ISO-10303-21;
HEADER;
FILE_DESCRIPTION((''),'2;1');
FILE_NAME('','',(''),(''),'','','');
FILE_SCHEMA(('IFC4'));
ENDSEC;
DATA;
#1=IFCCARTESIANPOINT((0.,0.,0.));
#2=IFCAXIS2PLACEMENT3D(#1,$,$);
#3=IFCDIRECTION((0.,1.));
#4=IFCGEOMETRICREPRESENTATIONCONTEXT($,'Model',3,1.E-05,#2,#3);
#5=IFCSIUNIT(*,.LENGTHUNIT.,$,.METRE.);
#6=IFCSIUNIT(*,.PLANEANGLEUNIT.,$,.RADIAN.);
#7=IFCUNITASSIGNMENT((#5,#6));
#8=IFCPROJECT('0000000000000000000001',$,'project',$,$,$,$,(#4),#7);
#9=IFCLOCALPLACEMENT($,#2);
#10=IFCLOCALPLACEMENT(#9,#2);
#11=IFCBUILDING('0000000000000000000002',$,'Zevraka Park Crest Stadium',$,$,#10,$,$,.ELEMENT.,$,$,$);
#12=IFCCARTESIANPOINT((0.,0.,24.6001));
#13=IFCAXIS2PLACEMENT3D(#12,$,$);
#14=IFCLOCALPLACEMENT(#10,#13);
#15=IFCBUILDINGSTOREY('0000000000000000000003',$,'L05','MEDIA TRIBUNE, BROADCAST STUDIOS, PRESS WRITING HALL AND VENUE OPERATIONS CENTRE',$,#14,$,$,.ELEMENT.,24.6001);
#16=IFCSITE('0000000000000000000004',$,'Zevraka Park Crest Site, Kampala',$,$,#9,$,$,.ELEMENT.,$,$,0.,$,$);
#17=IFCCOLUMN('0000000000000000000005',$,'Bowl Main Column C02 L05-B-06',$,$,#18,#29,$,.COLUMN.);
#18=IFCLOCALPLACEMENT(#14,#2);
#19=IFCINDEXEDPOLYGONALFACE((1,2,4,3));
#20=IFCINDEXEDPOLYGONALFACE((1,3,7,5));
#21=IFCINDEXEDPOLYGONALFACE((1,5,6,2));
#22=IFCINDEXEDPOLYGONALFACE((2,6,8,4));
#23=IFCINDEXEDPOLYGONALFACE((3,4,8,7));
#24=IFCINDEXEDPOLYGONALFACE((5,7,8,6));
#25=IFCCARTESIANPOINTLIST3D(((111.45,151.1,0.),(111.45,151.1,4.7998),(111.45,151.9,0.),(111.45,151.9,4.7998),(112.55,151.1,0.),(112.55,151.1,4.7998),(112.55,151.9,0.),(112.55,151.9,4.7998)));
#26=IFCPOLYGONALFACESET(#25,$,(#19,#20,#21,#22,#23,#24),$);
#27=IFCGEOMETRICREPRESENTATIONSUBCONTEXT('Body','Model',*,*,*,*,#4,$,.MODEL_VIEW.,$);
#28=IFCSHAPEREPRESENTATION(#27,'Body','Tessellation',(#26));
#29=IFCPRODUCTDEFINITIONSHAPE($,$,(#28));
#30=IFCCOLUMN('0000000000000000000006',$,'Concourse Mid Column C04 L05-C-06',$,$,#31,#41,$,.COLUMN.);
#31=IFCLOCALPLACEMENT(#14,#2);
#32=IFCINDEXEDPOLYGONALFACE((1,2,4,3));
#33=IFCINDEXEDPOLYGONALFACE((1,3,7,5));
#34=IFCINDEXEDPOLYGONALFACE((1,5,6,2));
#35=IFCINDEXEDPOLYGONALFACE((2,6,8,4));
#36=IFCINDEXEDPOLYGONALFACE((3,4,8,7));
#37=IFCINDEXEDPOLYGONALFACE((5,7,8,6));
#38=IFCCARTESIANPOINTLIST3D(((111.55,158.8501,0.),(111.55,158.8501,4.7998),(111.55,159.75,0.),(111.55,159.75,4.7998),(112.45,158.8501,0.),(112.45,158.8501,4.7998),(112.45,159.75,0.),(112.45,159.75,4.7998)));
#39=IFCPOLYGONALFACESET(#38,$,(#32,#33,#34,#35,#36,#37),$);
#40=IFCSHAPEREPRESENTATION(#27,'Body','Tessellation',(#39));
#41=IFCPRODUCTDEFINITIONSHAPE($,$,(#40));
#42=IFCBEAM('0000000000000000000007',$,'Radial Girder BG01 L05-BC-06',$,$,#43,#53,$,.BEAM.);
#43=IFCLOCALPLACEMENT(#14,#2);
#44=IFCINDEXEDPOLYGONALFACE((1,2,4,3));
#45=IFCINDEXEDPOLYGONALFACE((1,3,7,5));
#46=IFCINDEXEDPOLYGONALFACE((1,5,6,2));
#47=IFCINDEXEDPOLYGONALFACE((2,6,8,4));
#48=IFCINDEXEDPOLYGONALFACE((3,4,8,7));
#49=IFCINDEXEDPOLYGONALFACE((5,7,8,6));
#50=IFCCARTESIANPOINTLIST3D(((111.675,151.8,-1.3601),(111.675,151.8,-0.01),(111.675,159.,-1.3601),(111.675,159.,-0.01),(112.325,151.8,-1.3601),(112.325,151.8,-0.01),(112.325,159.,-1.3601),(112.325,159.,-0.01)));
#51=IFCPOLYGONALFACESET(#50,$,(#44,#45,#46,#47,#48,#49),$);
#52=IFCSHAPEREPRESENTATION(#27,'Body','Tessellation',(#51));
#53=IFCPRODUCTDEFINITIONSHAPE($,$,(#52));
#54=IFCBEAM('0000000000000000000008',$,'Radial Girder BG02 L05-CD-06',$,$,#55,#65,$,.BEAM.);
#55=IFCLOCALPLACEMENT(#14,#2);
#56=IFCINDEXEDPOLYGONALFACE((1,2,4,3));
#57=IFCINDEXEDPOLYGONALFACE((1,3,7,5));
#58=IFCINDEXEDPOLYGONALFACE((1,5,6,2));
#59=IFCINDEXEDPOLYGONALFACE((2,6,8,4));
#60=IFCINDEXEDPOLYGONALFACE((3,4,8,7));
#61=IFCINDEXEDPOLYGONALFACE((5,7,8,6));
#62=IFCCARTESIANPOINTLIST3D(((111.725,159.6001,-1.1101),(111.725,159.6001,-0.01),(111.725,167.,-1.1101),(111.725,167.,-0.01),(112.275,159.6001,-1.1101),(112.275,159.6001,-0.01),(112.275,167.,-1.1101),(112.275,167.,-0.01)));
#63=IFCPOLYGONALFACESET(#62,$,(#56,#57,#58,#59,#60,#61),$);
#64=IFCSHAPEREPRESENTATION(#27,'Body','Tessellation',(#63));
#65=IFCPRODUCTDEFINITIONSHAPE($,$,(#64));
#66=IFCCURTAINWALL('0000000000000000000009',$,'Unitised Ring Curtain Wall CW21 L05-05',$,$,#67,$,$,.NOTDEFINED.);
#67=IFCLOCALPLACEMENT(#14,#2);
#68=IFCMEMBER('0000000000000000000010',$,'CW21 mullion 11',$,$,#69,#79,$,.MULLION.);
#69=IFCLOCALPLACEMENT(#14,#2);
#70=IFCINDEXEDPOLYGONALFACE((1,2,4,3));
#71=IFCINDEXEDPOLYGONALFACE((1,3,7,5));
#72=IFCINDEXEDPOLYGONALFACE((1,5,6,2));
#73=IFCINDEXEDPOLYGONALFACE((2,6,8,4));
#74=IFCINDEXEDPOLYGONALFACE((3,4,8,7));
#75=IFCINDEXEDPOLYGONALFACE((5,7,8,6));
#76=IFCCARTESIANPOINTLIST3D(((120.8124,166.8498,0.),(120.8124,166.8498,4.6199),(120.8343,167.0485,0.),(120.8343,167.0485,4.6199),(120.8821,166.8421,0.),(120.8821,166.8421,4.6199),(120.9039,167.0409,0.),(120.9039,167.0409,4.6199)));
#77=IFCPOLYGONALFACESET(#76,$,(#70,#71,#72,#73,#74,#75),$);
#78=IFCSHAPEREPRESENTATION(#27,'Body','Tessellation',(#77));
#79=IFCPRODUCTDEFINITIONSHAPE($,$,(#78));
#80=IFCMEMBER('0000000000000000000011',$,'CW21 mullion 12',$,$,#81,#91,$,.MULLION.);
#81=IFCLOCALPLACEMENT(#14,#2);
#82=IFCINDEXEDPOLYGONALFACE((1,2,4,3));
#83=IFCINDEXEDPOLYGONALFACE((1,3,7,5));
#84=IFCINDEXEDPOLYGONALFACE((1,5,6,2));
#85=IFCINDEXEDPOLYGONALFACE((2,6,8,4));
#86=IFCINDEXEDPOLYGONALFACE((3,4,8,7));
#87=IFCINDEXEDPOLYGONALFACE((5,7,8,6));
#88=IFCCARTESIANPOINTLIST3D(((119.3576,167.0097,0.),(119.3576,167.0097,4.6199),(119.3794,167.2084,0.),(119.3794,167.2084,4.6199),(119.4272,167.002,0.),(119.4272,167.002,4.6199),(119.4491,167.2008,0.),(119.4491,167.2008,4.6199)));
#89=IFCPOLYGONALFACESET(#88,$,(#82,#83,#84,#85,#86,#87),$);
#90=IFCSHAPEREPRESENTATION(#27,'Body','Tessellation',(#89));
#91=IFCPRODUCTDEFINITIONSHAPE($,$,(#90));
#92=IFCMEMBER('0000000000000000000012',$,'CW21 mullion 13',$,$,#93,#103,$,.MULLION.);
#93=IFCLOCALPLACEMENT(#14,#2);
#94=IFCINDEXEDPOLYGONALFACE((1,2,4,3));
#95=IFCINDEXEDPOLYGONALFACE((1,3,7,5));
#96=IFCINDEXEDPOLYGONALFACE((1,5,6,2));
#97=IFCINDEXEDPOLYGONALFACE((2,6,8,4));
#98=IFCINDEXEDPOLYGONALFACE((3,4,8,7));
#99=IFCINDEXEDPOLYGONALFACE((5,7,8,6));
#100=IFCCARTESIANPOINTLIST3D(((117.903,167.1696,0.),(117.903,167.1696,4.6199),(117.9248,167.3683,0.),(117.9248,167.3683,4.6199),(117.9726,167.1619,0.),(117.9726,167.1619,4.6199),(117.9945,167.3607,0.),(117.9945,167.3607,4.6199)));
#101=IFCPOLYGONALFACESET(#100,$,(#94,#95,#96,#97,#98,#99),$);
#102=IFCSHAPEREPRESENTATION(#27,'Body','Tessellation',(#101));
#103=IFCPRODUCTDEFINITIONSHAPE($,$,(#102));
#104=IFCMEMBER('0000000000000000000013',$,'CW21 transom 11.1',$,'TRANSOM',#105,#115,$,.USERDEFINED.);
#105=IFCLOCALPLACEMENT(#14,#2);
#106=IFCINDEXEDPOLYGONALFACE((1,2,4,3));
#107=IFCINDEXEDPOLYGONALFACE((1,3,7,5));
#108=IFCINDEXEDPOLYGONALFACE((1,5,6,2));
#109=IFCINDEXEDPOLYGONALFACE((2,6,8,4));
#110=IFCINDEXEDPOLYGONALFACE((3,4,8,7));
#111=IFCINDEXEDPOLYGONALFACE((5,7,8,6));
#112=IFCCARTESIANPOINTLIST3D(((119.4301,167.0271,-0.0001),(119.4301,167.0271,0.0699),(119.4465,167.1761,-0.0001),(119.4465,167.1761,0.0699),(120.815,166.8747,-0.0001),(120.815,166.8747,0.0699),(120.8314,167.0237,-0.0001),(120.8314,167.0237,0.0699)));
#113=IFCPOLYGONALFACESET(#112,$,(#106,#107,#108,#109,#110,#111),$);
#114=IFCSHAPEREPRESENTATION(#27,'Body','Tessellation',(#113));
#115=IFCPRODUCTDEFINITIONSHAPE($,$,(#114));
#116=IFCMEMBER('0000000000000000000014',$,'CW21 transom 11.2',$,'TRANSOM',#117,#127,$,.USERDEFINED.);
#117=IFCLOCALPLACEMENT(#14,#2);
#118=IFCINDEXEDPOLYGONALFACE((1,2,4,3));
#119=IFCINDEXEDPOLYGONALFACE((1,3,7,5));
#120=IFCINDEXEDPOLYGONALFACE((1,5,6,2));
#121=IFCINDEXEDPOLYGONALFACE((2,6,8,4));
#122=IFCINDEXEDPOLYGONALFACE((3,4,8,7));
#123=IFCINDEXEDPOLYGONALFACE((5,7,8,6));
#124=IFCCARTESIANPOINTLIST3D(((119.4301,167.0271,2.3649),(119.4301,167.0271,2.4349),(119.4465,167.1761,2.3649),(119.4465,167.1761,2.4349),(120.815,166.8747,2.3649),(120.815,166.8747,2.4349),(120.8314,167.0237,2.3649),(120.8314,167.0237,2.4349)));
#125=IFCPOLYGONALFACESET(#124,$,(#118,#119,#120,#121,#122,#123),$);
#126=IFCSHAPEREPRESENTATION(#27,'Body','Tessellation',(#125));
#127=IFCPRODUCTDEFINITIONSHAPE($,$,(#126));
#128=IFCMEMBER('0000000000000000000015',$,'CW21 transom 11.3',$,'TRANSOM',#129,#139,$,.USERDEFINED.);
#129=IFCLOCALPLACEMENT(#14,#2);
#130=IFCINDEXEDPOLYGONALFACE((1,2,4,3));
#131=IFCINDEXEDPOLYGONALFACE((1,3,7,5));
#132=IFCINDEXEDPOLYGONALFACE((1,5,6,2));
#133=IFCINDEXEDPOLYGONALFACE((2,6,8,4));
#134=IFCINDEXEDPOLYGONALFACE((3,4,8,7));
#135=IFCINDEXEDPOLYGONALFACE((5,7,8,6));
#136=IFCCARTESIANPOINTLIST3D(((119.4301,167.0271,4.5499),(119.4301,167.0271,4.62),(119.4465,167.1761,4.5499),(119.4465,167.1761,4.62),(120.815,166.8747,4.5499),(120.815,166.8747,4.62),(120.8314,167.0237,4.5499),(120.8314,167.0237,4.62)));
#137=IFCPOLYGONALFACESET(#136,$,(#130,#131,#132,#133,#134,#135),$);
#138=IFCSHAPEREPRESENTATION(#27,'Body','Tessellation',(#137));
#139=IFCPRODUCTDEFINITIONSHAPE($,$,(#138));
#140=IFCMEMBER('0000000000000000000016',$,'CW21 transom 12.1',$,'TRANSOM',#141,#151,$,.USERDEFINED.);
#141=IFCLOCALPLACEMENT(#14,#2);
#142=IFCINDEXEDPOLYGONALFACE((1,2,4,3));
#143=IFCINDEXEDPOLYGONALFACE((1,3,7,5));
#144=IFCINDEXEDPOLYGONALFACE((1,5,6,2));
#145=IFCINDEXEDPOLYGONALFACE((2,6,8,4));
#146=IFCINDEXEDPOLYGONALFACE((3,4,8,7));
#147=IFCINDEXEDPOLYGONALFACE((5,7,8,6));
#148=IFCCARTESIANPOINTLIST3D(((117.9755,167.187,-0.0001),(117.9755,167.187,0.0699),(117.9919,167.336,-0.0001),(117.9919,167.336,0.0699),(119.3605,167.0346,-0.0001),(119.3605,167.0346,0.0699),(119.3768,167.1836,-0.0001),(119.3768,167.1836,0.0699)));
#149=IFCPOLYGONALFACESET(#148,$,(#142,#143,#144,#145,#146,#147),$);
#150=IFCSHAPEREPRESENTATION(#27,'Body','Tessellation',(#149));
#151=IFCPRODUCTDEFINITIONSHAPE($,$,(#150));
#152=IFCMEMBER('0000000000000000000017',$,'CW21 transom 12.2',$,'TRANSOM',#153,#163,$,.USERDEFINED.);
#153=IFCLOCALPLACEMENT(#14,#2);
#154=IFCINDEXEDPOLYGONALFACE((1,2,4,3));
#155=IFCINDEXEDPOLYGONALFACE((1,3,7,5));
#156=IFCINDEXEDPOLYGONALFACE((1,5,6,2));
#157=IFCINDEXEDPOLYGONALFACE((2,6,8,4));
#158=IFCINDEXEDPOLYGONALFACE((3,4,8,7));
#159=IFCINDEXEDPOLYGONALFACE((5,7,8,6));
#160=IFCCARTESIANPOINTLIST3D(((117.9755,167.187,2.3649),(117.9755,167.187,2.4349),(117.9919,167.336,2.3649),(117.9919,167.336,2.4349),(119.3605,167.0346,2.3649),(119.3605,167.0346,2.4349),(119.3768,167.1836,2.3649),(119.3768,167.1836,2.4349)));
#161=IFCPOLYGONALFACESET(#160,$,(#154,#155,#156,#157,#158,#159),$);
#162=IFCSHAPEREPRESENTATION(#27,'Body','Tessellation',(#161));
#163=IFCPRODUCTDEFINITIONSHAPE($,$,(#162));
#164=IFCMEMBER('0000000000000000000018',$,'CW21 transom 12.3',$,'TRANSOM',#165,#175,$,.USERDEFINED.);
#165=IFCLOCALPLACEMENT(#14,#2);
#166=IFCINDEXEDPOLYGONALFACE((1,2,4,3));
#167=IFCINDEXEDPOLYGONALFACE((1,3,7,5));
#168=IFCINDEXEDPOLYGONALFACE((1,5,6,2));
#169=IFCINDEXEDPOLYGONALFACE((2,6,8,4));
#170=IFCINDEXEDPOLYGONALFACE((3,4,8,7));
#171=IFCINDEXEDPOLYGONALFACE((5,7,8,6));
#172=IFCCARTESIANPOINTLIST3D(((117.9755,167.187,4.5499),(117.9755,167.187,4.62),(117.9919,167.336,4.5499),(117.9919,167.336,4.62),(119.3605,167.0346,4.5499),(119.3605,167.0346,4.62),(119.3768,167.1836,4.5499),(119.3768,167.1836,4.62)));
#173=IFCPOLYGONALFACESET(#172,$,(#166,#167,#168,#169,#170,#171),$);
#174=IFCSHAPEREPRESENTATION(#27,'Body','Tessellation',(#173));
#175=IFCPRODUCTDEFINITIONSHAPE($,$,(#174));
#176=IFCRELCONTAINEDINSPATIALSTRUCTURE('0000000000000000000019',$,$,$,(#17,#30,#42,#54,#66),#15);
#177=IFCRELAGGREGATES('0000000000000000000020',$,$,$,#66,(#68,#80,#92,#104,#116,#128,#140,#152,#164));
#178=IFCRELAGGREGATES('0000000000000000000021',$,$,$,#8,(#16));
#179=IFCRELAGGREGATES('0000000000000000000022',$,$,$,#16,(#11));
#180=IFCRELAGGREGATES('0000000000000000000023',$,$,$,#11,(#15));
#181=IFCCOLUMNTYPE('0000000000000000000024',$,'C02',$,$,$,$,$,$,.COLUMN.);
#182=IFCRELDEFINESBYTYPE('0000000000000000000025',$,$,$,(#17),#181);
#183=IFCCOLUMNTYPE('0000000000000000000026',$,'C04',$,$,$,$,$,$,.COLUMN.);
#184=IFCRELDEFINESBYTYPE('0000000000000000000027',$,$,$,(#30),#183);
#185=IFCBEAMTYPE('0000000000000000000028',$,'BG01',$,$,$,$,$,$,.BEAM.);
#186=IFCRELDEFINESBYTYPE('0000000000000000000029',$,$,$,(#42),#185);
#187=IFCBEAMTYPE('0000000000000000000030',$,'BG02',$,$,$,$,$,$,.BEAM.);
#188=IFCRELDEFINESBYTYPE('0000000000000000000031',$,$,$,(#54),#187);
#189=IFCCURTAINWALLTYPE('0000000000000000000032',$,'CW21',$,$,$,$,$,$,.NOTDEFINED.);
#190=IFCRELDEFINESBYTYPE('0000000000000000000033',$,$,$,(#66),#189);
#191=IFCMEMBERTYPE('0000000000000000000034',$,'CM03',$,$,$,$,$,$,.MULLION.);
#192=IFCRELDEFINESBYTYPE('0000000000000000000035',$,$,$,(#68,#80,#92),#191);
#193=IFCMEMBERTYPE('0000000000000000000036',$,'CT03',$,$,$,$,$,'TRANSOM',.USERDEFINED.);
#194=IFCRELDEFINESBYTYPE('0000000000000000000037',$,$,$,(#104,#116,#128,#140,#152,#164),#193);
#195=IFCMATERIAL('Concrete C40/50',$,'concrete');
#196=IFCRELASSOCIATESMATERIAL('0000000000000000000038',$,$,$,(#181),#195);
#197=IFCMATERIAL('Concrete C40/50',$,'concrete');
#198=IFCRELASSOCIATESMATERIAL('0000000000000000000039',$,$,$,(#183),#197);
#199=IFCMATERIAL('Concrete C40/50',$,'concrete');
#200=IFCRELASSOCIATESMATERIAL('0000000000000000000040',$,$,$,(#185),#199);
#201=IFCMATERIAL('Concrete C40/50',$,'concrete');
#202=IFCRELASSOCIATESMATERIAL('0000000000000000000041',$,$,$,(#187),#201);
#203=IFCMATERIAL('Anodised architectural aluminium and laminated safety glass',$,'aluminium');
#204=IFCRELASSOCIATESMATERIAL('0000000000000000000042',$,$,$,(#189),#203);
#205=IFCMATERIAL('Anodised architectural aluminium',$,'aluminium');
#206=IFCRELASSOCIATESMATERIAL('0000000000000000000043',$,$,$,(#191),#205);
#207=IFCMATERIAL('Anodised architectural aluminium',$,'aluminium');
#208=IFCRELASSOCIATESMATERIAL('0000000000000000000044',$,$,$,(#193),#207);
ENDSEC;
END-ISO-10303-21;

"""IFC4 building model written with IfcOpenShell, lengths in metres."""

from ifc_helpers import new_model, si_unit, direction, frame, origin, origin_2d, place, context, subcontext, project, spatial, rectangle, extrude, material, material_profile, profile_set, type_object, element, aggregate, save


model = new_model("IFC4")

# Units and contexts
model_context = context("Model", 3, precision=1e-05, world=origin(), true_north=direction((0.0, 1.0)))
body_context = subcontext(model_context, "Body", "Model", "MODEL_VIEW")
ifc_project = project(units=[si_unit("LENGTHUNIT", "METRE"), si_unit("PLANEANGLEUNIT", "RADIAN")], contexts=[model_context])

# Site, building, storey
site_placement = place(None, origin())
site = spatial("IfcSite", under=ifc_project, at=site_placement, Name="Zevraka Park Crest Site, Kampala", CompositionType="ELEMENT", RefElevation=0.0)
building_placement = place(site_placement, origin())
building = spatial("IfcBuilding", under=site, at=building_placement, Name="Zevraka Park Crest Stadium", CompositionType="ELEMENT")
storey_placement = place(building_placement, frame((0.0, 0.0, 24.6001)))
storey = spatial("IfcBuildingStorey", under=building, at=storey_placement, Name="L05", Description="MEDIA TRIBUNE, BROADCAST STUDIOS, PRESS WRITING HALL AND VENUE OPERATIONS CENTRE", CompositionType="ELEMENT", Elevation=24.6001)

# Columns
ifc_material_1 = material(Name="Concrete C40/50", Category="concrete")
ifc_material_profile_1 = material_profile(ifc_material_1, rectangle(XDim=0.8, YDim=1.1001, at=origin_2d()), Name="RC 1100x800")
ifc_profile_set_1 = profile_set([ifc_material_profile_1], Name="Concrete C40/50")
column_type_1 = type_object("IfcColumnType", Name="C02", PredefinedType="COLUMN", material=ifc_profile_set_1)
column_1_placement = place(storey_placement, frame((112.0, 151.5, 0.0), z_axis=(0.0, 0.0, 1.0), x_axis=(0.0, 1.0, 0.0)))
element("IfcColumn", 1, at=column_1_placement, inside=storey, type_object=column_type_1, Name="Bowl Main Column C02 L05-B-06", PredefinedType="COLUMN", context=body_context, shape_type="SweptSolid", body=[
    extrude(rectangle(XDim=0.8, YDim=1.1001, at=origin_2d()), origin(), (0.0, 0.0, 1.0), 4.7998),
])
ifc_material_2 = material(Name="Concrete C40/50", Category="concrete")
ifc_material_profile_2 = material_profile(ifc_material_2, rectangle(XDim=0.8999, YDim=0.8999, at=origin_2d()), Name="RC 900x900")
ifc_profile_set_2 = profile_set([ifc_material_profile_2], Name="Concrete C40/50")
column_type_2 = type_object("IfcColumnType", Name="C04", PredefinedType="COLUMN", material=ifc_profile_set_2)
column_2_placement = place(storey_placement, frame((112.0, 159.3, 0.0), z_axis=(0.0, 0.0, 1.0), x_axis=(0.0, 1.0, 0.0)))
element("IfcColumn", 2, at=column_2_placement, inside=storey, type_object=column_type_2, Name="Concourse Mid Column C04 L05-C-06", PredefinedType="COLUMN", context=body_context, shape_type="SweptSolid", body=[
    extrude(rectangle(XDim=0.8999, YDim=0.8999, at=origin_2d()), origin(), (0.0, 0.0, 1.0), 4.7998),
])

# Beams
ifc_material_3 = material(Name="Concrete C40/50", Category="concrete")
ifc_material_profile_3 = material_profile(ifc_material_3, rectangle(XDim=0.6499, YDim=1.3501, at=origin_2d()), Name="RC 1350x650")
ifc_profile_set_3 = profile_set([ifc_material_profile_3], Name="Concrete C40/50")
beam_type_1 = type_object("IfcBeamType", Name="BG01", PredefinedType="BEAM", material=ifc_profile_set_3)
beam_1_placement = place(storey_placement, frame((112.0, 151.8, -0.6851), z_axis=(0.0, 1.0, 0.0), x_axis=(-1.0, 0.0, 0.0)))
element("IfcBeam", 3, at=beam_1_placement, inside=storey, type_object=beam_type_1, Name="Radial Girder BG01 L05-BC-06", PredefinedType="BEAM", context=body_context, shape_type="SweptSolid", body=[
    extrude(rectangle(XDim=0.6499, YDim=1.3501, at=origin_2d()), origin(), (0.0, 0.0, 1.0), 7.2),
])
ifc_material_4 = material(Name="Concrete C40/50", Category="concrete")
ifc_material_profile_4 = material_profile(ifc_material_4, rectangle(XDim=0.55, YDim=1.1001, at=origin_2d()), Name="RC 1100x550")
ifc_profile_set_4 = profile_set([ifc_material_profile_4], Name="Concrete C40/50")
beam_type_2 = type_object("IfcBeamType", Name="BG02", PredefinedType="BEAM", material=ifc_profile_set_4)
beam_2_placement = place(storey_placement, frame((112.0, 159.6001, -0.5601), z_axis=(0.0, 1.0, 0.0), x_axis=(-1.0, 0.0, 0.0)))
element("IfcBeam", 4, at=beam_2_placement, inside=storey, type_object=beam_type_2, Name="Radial Girder BG02 L05-CD-06", PredefinedType="BEAM", context=body_context, shape_type="SweptSolid", body=[
    extrude(rectangle(XDim=0.55, YDim=1.1001, at=origin_2d()), origin(), (0.0, 0.0, 1.0), 7.3999),
])

# Curtain wall, members
ifc_material_5 = material(Name="Anodised architectural aluminium and laminated safety glass", Category="aluminium")
curtain_wall_type = type_object("IfcCurtainWallType", Name="CW21", PredefinedType="NOTDEFINED", material=ifc_material_5)
curtain_wall_placement = place(storey_placement, origin())
curtain_wall = element("IfcCurtainWall", 5, at=curtain_wall_placement, inside=storey, type_object=curtain_wall_type, Name="Unitised Ring Curtain Wall CW21 L05-05", PredefinedType="NOTDEFINED")
ifc_material_6 = material(Name="Anodised architectural aluminium", Category="aluminium")
ifc_material_profile_5 = material_profile(ifc_material_6, rectangle(XDim=0.2, YDim=0.0701, at=origin_2d()), Name="ALU MULLION 200x70")
ifc_profile_set_5 = profile_set([ifc_material_profile_5], Name="Anodised architectural aluminium")
member_type_1 = type_object("IfcMemberType", Name="CM03", PredefinedType="MULLION", material=ifc_profile_set_5)
member_1_placement = place(storey_placement, frame((120.8582, 166.9453, 0.0), z_axis=(0.0, 0.0, 1.0), x_axis=(-0.109288, -0.99401, 0.0)))
member_1 = element("IfcMember", 6, at=member_1_placement, type_object=member_type_1, Name="CW21 mullion 11", PredefinedType="MULLION", context=body_context, shape_type="SweptSolid", body=[
    extrude(rectangle(XDim=0.2, YDim=0.0701, at=origin_2d()), origin(), (0.0, 0.0, 1.0), 4.6199),
])
member_2_placement = place(storey_placement, frame((119.4033, 167.1052, 0.0), z_axis=(0.0, 0.0, 1.0), x_axis=(-0.109288, -0.99401, 0.0)))
member_2 = element("IfcMember", 7, at=member_2_placement, type_object=member_type_1, Name="CW21 mullion 12", PredefinedType="MULLION", context=body_context, shape_type="SweptSolid", body=[
    extrude(rectangle(XDim=0.2, YDim=0.0701, at=origin_2d()), origin(), (0.0, 0.0, 1.0), 4.6199),
])
member_3_placement = place(storey_placement, frame((117.9487, 167.2651, 0.0), z_axis=(0.0, 0.0, 1.0), x_axis=(-0.109288, -0.99401, 0.0)))
member_3 = element("IfcMember", 8, at=member_3_placement, type_object=member_type_1, Name="CW21 mullion 13", PredefinedType="MULLION", context=body_context, shape_type="SweptSolid", body=[
    extrude(rectangle(XDim=0.2, YDim=0.0701, at=origin_2d()), origin(), (0.0, 0.0, 1.0), 4.6199),
])
ifc_material_7 = material(Name="Anodised architectural aluminium", Category="aluminium")
ifc_material_profile_6 = material_profile(ifc_material_7, rectangle(XDim=0.1499, YDim=0.0701, at=origin_2d()), Name="ALU TRANSOM 150x70")
ifc_profile_set_6 = profile_set([ifc_material_profile_6], Name="Anodised architectural aluminium")
member_type_2 = type_object("IfcMemberType", Name="CT03", ElementType="TRANSOM", PredefinedType="USERDEFINED", material=ifc_profile_set_6)
member_4_placement = place(storey_placement, frame((120.8232, 166.9492, 0.0349), z_axis=(-0.994005, 0.109335, 0.0), x_axis=(-0.109335, -0.994005, 0.0)))
member_4 = element("IfcMember", 9, at=member_4_placement, type_object=member_type_2, Name="CW21 transom 11.1", ObjectType="TRANSOM", PredefinedType="USERDEFINED", context=body_context, shape_type="SweptSolid", body=[
    extrude(rectangle(XDim=0.1499, YDim=0.0701, at=origin_2d()), origin(), (0.0, 0.0, 1.0), 1.3933),
])
member_5_placement = place(storey_placement, frame((120.8232, 166.9492, 2.3999), z_axis=(-0.994005, 0.109335, 0.0), x_axis=(-0.109335, -0.994005, 0.0)))
member_5 = element("IfcMember", 10, at=member_5_placement, type_object=member_type_2, Name="CW21 transom 11.2", ObjectType="TRANSOM", PredefinedType="USERDEFINED", context=body_context, shape_type="SweptSolid", body=[
    extrude(rectangle(XDim=0.1499, YDim=0.0701, at=origin_2d()), origin(), (0.0, 0.0, 1.0), 1.3933),
])
member_6_placement = place(storey_placement, frame((120.8232, 166.9492, 4.585), z_axis=(-0.994005, 0.109335, 0.0), x_axis=(-0.109335, -0.994005, 0.0)))
member_6 = element("IfcMember", 11, at=member_6_placement, type_object=member_type_2, Name="CW21 transom 11.3", ObjectType="TRANSOM", PredefinedType="USERDEFINED", context=body_context, shape_type="SweptSolid", body=[
    extrude(rectangle(XDim=0.1499, YDim=0.0701, at=origin_2d()), origin(), (0.0, 0.0, 1.0), 1.3933),
])
member_7_placement = place(storey_placement, frame((119.3687, 167.1091, 0.0349), z_axis=(-0.994005, 0.109335, 0.0), x_axis=(-0.109335, -0.994005, 0.0)))
member_7 = element("IfcMember", 12, at=member_7_placement, type_object=member_type_2, Name="CW21 transom 12.1", ObjectType="TRANSOM", PredefinedType="USERDEFINED", context=body_context, shape_type="SweptSolid", body=[
    extrude(rectangle(XDim=0.1499, YDim=0.0701, at=origin_2d()), origin(), (0.0, 0.0, 1.0), 1.3933),
])
member_8_placement = place(storey_placement, frame((119.3687, 167.1091, 2.3999), z_axis=(-0.994005, 0.109335, 0.0), x_axis=(-0.109335, -0.994005, 0.0)))
member_8 = element("IfcMember", 13, at=member_8_placement, type_object=member_type_2, Name="CW21 transom 12.2", ObjectType="TRANSOM", PredefinedType="USERDEFINED", context=body_context, shape_type="SweptSolid", body=[
    extrude(rectangle(XDim=0.1499, YDim=0.0701, at=origin_2d()), origin(), (0.0, 0.0, 1.0), 1.3933),
])
member_9_placement = place(storey_placement, frame((119.3687, 167.1091, 4.585), z_axis=(-0.994005, 0.109335, 0.0), x_axis=(-0.109335, -0.994005, 0.0)))
member_9 = element("IfcMember", 14, at=member_9_placement, type_object=member_type_2, Name="CW21 transom 12.3", ObjectType="TRANSOM", PredefinedType="USERDEFINED", context=body_context, shape_type="SweptSolid", body=[
    extrude(rectangle(XDim=0.1499, YDim=0.0701, at=origin_2d()), origin(), (0.0, 0.0, 1.0), 1.3933),
])

aggregate(curtain_wall, [member_1, member_2, member_3, member_4, member_5, member_6, member_7, member_8, member_9])

save(model, "model.ifc")
